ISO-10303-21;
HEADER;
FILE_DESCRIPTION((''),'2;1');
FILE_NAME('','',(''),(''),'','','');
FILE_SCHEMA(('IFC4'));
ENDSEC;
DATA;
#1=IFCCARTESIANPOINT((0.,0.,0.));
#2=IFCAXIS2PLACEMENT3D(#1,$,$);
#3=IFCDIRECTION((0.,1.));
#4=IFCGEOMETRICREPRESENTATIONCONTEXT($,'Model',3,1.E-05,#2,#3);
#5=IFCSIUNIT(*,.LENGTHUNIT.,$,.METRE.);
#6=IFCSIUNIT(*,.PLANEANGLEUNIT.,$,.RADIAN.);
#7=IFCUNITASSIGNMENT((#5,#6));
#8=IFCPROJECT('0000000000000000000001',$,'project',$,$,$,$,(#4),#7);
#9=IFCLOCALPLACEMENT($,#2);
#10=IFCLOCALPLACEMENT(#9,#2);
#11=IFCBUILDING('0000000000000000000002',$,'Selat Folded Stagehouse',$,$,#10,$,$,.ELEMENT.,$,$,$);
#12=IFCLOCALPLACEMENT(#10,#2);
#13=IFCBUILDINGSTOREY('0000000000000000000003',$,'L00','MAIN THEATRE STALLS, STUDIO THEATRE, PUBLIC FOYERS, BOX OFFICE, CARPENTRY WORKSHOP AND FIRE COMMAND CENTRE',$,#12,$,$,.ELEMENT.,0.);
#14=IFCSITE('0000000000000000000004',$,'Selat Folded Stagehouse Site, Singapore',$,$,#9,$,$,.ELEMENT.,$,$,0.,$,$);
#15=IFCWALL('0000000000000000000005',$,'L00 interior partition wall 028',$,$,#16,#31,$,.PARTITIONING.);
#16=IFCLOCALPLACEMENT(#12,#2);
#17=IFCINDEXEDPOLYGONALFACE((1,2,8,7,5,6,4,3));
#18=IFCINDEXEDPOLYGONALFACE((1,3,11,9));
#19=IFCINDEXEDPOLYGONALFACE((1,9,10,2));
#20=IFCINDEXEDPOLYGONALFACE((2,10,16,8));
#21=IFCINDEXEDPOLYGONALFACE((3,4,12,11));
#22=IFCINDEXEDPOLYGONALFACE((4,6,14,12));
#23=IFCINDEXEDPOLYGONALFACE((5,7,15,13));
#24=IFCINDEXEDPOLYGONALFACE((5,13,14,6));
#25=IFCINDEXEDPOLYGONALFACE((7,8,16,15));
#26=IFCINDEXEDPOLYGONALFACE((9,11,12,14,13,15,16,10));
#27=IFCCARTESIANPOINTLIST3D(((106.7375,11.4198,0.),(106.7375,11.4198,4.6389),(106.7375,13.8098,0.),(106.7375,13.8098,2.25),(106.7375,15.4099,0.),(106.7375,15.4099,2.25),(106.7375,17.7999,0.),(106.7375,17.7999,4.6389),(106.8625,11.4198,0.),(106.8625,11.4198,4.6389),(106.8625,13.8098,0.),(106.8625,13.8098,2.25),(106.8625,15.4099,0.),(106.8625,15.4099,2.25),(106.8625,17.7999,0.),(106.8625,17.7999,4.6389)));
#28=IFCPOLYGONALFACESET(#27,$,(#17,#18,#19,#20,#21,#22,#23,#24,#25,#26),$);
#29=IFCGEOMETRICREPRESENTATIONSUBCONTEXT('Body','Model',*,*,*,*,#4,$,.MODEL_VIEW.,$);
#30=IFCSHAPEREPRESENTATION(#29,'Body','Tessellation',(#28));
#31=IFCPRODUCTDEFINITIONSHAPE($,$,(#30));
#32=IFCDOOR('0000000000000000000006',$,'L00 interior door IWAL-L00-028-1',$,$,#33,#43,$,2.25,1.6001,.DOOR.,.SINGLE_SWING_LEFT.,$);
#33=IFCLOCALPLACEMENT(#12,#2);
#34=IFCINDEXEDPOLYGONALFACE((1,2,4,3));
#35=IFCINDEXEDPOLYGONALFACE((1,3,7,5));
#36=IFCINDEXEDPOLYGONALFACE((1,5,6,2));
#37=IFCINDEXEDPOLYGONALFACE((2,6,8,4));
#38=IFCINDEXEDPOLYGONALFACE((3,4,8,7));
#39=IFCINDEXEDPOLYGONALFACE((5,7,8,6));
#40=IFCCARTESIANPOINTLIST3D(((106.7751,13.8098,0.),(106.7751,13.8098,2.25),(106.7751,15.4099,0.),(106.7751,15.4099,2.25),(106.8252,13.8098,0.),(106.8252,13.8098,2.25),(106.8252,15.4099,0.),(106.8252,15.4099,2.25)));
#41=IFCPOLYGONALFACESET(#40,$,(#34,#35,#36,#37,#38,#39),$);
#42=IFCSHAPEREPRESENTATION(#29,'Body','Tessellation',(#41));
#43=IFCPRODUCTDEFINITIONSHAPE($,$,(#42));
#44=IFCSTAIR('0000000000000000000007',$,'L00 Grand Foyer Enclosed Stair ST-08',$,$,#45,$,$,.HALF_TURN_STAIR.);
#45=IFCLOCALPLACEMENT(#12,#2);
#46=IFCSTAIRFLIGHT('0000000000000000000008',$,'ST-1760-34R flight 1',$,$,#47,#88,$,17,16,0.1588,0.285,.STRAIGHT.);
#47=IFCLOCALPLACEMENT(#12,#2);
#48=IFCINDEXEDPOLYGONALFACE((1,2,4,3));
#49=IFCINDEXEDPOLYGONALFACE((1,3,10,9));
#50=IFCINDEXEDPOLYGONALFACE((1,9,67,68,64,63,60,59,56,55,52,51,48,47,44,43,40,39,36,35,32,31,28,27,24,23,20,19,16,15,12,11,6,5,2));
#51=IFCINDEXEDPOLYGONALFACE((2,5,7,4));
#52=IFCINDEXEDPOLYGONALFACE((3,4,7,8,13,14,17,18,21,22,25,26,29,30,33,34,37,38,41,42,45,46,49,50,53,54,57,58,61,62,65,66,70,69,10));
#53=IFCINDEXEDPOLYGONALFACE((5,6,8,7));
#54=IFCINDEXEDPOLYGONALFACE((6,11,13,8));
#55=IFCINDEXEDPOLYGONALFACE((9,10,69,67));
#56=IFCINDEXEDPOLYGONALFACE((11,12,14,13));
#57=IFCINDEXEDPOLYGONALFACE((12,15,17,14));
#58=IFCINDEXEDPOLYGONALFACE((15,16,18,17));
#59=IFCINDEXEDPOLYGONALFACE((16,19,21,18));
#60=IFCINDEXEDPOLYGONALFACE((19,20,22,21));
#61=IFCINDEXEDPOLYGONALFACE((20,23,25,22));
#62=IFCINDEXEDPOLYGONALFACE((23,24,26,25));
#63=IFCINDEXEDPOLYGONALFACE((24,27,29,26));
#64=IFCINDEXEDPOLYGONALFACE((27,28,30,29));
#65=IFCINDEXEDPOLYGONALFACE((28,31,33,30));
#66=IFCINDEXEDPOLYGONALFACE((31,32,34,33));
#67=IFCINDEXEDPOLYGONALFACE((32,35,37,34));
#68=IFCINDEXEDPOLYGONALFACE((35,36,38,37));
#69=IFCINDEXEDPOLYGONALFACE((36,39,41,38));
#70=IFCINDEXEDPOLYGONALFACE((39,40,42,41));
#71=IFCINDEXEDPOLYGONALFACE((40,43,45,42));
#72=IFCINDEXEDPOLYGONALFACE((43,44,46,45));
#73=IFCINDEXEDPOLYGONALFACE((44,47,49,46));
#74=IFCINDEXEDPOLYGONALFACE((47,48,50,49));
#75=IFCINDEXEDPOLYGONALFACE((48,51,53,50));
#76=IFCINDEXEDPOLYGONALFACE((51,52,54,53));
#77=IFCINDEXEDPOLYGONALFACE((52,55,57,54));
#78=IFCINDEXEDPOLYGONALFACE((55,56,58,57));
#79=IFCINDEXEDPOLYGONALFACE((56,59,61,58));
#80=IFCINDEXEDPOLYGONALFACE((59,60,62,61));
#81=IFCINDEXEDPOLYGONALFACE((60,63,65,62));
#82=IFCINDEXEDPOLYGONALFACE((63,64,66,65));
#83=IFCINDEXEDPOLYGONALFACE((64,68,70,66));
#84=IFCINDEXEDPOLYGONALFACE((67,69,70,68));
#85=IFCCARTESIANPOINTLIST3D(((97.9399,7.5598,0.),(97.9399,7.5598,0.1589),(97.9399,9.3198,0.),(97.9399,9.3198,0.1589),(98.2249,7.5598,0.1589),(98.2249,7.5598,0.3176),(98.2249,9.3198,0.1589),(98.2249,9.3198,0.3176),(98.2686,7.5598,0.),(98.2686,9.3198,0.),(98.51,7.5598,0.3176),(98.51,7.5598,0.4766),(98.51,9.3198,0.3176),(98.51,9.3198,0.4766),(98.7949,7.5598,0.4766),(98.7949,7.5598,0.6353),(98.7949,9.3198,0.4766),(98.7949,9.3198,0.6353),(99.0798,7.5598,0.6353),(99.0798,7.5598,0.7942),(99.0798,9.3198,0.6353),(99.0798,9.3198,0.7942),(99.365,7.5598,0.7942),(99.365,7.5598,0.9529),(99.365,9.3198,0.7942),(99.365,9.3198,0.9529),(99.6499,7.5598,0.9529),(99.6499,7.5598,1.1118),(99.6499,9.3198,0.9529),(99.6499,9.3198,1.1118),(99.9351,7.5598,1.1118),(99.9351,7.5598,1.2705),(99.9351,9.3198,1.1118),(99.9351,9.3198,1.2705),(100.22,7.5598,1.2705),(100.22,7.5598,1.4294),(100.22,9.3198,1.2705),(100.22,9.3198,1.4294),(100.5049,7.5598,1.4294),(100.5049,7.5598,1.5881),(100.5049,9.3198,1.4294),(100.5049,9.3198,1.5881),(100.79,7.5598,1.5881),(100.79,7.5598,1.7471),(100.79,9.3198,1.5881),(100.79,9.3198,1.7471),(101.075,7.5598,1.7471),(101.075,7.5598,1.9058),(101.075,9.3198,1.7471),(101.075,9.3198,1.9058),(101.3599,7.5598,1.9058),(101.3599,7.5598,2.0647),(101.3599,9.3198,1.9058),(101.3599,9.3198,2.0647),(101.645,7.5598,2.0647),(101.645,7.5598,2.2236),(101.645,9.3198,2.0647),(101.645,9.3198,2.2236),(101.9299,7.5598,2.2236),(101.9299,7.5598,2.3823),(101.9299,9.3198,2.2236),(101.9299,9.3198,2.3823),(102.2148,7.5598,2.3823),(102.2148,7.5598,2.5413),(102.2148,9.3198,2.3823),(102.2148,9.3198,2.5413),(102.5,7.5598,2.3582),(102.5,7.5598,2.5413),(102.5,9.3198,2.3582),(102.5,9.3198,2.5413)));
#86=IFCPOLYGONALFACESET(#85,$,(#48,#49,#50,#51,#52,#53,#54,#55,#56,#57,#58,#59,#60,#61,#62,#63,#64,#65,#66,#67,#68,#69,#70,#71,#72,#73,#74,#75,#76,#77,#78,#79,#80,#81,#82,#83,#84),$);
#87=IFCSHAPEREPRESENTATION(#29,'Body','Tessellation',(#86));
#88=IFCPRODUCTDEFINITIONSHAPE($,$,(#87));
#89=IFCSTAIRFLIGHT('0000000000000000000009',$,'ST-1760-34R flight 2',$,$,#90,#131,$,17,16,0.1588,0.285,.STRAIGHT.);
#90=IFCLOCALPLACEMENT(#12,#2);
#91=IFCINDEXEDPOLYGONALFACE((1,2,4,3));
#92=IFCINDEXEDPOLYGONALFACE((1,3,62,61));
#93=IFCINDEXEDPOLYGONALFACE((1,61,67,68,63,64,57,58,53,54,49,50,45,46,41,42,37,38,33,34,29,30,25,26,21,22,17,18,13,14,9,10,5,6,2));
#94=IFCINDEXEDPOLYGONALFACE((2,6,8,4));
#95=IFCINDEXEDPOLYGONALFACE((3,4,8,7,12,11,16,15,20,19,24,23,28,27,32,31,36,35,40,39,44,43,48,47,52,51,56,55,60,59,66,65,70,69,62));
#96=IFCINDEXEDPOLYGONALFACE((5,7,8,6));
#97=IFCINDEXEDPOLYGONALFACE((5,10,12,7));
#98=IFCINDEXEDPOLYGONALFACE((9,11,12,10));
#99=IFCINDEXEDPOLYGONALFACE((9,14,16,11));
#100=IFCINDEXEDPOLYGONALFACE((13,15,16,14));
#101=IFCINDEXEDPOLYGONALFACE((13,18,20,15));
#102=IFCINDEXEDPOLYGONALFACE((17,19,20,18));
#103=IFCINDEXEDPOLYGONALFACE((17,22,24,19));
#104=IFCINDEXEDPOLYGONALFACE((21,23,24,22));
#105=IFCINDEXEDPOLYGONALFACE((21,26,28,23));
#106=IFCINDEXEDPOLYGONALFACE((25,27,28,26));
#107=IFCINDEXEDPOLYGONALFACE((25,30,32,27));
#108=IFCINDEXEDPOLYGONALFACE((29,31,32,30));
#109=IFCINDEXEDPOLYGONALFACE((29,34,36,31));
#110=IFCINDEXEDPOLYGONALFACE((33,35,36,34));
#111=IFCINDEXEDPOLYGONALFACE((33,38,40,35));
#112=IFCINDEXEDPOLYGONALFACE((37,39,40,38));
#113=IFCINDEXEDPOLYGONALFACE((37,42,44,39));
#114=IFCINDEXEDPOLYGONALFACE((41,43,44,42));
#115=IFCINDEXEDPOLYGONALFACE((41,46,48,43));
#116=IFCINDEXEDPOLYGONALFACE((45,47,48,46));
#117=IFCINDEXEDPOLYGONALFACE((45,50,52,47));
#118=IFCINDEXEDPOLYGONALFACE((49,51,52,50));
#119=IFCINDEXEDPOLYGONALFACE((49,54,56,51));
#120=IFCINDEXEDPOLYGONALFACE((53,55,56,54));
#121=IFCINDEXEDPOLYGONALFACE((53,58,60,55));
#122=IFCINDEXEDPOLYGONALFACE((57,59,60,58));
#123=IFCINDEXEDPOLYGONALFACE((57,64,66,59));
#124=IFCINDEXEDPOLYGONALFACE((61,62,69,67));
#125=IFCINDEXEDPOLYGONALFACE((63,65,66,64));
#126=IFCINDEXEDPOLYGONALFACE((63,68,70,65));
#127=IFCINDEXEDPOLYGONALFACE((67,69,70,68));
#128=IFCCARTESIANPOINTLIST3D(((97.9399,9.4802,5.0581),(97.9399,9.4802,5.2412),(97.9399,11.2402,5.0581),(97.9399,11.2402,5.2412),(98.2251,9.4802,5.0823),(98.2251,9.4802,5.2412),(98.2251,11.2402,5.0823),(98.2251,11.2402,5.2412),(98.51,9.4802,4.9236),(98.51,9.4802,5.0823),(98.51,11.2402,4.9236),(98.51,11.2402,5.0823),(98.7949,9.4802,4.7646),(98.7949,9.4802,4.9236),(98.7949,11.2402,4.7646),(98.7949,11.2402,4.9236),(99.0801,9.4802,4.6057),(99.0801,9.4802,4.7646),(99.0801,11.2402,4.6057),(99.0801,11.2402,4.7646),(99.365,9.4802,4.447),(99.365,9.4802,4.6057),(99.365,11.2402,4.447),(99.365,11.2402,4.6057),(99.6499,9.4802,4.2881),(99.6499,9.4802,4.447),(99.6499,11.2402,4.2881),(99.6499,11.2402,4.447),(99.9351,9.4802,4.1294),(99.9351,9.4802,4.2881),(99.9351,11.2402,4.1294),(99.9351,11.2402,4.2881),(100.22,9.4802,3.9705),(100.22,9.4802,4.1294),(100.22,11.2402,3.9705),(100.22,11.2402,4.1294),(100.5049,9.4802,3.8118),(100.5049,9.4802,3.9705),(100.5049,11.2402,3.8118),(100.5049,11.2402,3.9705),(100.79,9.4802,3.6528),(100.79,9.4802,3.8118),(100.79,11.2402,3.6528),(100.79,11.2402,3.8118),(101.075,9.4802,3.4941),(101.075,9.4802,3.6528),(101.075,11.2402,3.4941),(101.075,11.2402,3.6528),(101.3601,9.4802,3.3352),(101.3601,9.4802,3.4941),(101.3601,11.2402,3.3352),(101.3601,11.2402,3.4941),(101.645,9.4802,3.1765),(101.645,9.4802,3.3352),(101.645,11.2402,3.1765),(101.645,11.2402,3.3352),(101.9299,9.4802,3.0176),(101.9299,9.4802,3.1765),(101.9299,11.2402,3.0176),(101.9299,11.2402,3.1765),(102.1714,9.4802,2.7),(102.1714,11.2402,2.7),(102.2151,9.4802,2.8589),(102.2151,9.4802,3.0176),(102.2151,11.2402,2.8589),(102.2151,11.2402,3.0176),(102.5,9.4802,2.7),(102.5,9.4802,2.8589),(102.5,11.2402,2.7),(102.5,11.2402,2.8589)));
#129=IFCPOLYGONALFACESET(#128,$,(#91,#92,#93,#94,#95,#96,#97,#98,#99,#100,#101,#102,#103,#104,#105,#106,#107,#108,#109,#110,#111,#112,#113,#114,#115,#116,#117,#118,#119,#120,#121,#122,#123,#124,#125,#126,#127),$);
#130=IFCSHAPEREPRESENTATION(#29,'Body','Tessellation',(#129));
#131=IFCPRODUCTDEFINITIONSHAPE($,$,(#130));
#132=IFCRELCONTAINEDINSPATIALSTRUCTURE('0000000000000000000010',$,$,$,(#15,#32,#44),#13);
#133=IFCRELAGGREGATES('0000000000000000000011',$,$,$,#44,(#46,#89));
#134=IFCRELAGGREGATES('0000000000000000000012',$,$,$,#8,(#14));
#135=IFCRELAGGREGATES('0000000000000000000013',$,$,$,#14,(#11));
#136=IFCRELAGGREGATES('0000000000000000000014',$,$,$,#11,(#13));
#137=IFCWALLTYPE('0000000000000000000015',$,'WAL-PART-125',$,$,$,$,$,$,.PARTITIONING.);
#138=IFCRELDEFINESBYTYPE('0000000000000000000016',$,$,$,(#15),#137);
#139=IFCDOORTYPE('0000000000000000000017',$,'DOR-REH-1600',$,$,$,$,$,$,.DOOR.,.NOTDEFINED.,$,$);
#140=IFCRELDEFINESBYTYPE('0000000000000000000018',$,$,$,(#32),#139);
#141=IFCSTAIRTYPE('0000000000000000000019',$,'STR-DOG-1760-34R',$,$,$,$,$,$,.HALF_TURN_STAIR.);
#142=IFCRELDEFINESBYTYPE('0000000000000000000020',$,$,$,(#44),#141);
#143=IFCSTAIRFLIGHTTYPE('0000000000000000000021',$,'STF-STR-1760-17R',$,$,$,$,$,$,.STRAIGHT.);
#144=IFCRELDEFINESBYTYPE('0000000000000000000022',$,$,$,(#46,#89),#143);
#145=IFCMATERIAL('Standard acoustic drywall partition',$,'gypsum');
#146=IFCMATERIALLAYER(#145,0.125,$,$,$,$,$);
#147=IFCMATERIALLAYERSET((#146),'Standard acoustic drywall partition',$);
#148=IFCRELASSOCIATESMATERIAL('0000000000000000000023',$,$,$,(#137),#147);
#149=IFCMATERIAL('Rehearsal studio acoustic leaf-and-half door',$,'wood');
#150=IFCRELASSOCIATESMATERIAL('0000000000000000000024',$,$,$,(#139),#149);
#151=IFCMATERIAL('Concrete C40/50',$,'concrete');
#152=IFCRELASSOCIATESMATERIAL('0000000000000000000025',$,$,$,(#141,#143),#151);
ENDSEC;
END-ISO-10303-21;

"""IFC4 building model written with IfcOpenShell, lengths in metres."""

from ifc_helpers import new_model, si_unit, direction, frame, frame_2d, origin, place, context, subcontext, project, spatial, polyline, rectangle, outline, extrude, material, layer, layer_set, type_object, element, fill, aggregate, save


model = new_model("IFC4")

# Units and contexts
model_context = context("Model", 3, precision=1e-05, world=origin(), true_north=direction((0.0, 1.0)))
body_context = subcontext(model_context, "Body", "Model", "MODEL_VIEW")
ifc_project = project(units=[si_unit("LENGTHUNIT", "METRE"), si_unit("PLANEANGLEUNIT", "RADIAN")], contexts=[model_context])

# Site, building, storey
site_placement = place(None, origin())
site = spatial("IfcSite", under=ifc_project, at=site_placement, Name="Selat Folded Stagehouse Site, Singapore", CompositionType="ELEMENT", RefElevation=0.0)
building_placement = place(site_placement, origin())
building = spatial("IfcBuilding", under=site, at=building_placement, Name="Selat Folded Stagehouse", CompositionType="ELEMENT")
storey_placement = place(building_placement, origin())
storey = spatial("IfcBuildingStorey", under=building, at=storey_placement, Name="L00", Description="MAIN THEATRE STALLS, STUDIO THEATRE, PUBLIC FOYERS, BOX OFFICE, CARPENTRY WORKSHOP AND FIRE COMMAND CENTRE", CompositionType="ELEMENT", Elevation=0.0)

# Wall, opening, door
ifc_material_1 = material(Name="Standard acoustic drywall partition", Category="gypsum")
ifc_layer_1 = layer(ifc_material_1, 0.125)
ifc_layer_set_1 = layer_set([ifc_layer_1], Name="Standard acoustic drywall partition")
wall_type_1 = type_object("IfcWallType", Name="WAL-PART-125", PredefinedType="PARTITIONING", material=ifc_layer_set_1)
wall_1_placement = place(storey_placement, frame((106.8, 11.4199, 0.0), z_axis=(0.0, 0.0, 1.0), x_axis=(0.0, 1.0, 0.0)))
wall_1 = element("IfcWall", 1, at=wall_1_placement, inside=storey, type_object=wall_type_1, Name="L00 interior partition wall 028", PredefinedType="PARTITIONING", context=body_context, shape_type="SweptSolid", body=[
    extrude(rectangle(XDim=6.3801, YDim=0.125, at=frame_2d((3.1899, 0.0))), origin(), (0.0, 0.0, 1.0), 4.6389),
])
opening_1_placement = place(wall_1_placement, frame((2.3899, 0.0, 0.0)))
opening_1 = element("IfcOpeningElement", 2, at=opening_1_placement, cuts=wall_1, PredefinedType="OPENING", context=body_context, shape_type="SweptSolid", body=[
    extrude(rectangle(XDim=1.6001, YDim=2.25, at=frame_2d((0.8, 1.125))), frame((0.0, 0.0725, 0.0), z_axis=(0.0, -1.0, 0.0), x_axis=(1.0, 0.0, 0.0)), (0.0, 0.0, 1.0), 0.145),
])
ifc_material_2 = material(Name="Rehearsal studio acoustic leaf-and-half door", Category="wood")
door_type_1 = type_object("IfcDoorType", Name="DOR-REH-1600", OperationType="NOTDEFINED", PredefinedType="DOOR", material=ifc_material_2)
door_1_placement = place(opening_1_placement, origin())
door_1 = element("IfcDoor", 3, at=door_1_placement, inside=storey, type_object=door_type_1, Name="L00 interior door IWAL-L00-028-1", OperationType="SINGLE_SWING_LEFT", OverallHeight=2.25, OverallWidth=1.6001, PredefinedType="DOOR", context=body_context, shape_type="SweptSolid", body=[
    extrude(rectangle(XDim=1.6001, YDim=2.25, at=frame_2d((0.8, 1.125))), frame((0.0, 0.0249, 0.0), z_axis=(0.0, -1.0, 0.0), x_axis=(1.0, 0.0, 0.0)), (0.0, 0.0, 1.0), 0.05),
])
fill(opening_1, door_1)

# Stair, stair flights
ifc_material_3 = material(Name="Concrete C40/50", Category="concrete")
stair_type = type_object("IfcStairType", Name="STR-DOG-1760-34R", PredefinedType="HALF_TURN_STAIR", material=ifc_material_3)
stair_placement = place(storey_placement, origin())
stair = element("IfcStair", 4, at=stair_placement, inside=storey, type_object=stair_type, Name="L00 Grand Foyer Enclosed Stair ST-08", PredefinedType="HALF_TURN_STAIR")
stair_flight_type = type_object("IfcStairFlightType", Name="STF-STR-1760-17R", PredefinedType="STRAIGHT", material=ifc_material_3)
stair_flight_1_placement = place(storey_placement, frame((97.9399, 8.4399, 0.0), z_axis=(0.0, 0.0, 1.0), x_axis=(1.0, 0.0, 0.0)))
stair_flight_1 = element("IfcStairFlight", 5, at=stair_flight_1_placement, type_object=stair_flight_type, Name="ST-1760-34R flight 1", NumberOfRisers=17, NumberOfTreads=16, PredefinedType="STRAIGHT", RiserHeight=0.1588, TreadLength=0.285, context=body_context, shape_type="SweptSolid", body=[
    extrude(outline(polyline([(0.0, 0.0), (0.0, 0.1589), (0.2849, 0.1589), (0.2849, 0.3176), (0.5701, 0.3176), (0.5701, 0.4766), (0.855, 0.4766), (0.855, 0.6353), (1.1399, 0.6353), (1.1399, 0.7942), (1.425, 0.7942), (1.425, 0.9529), (1.71, 0.9529), (1.71, 1.1118), (1.9951, 1.1118), (1.9951, 1.2705), (2.28, 1.2705), (2.28, 1.4294), (2.5649, 1.4294), (2.5649, 1.5881), (2.8501, 1.5881), (2.8501, 1.7471), (3.135, 1.7471), (3.135, 1.9058), (3.4199, 1.9058), (3.4199, 2.0647), (3.7051, 2.0647), (3.7051, 2.2236), (3.99, 2.2236), (3.99, 2.3823), (4.2749, 2.3823), (4.2749, 2.5413), (4.5601, 2.5413), (4.5601, 2.7), (4.5601, 2.3582), (0.3286, 0.0), (0.0, 0.0)])), frame((0.0, 0.8799, 0.0), z_axis=(0.0, -1.0, 0.0), x_axis=(1.0, 0.0, 0.0)), (0.0, 0.0, 1.0), 1.76),
])
stair_flight_2_placement = place(storey_placement, frame((102.5, 10.3601, 2.7), z_axis=(0.0, 0.0, 1.0), x_axis=(-1.0, 0.0, 0.0)))
stair_flight_2 = element("IfcStairFlight", 6, at=stair_flight_2_placement, type_object=stair_flight_type, Name="ST-1760-34R flight 2", NumberOfRisers=17, NumberOfTreads=16, PredefinedType="STRAIGHT", RiserHeight=0.1588, TreadLength=0.285, context=body_context, shape_type="SweptSolid", body=[
    extrude(outline(polyline([(0.0, 0.0), (0.0, 0.1589), (0.2849, 0.1589), (0.2849, 0.3176), (0.5701, 0.3176), (0.5701, 0.4766), (0.855, 0.4766), (0.855, 0.6353), (1.1399, 0.6353), (1.1399, 0.7942), (1.425, 0.7942), (1.425, 0.9529), (1.71, 0.9529), (1.71, 1.1118), (1.9951, 1.1118), (1.9951, 1.2705), (2.28, 1.2705), (2.28, 1.4294), (2.5649, 1.4294), (2.5649, 1.5881), (2.8501, 1.5881), (2.8501, 1.7471), (3.135, 1.7471), (3.135, 1.9058), (3.4199, 1.9058), (3.4199, 2.0647), (3.7051, 2.0647), (3.7051, 2.2236), (3.99, 2.2236), (3.99, 2.3823), (4.2749, 2.3823), (4.2749, 2.5413), (4.5601, 2.5413), (4.5601, 2.7), (4.5601, 2.3582), (0.3286, 0.0), (0.0, 0.0)])), frame((0.0, 0.8799, 0.0), z_axis=(0.0, -1.0, 0.0), x_axis=(1.0, 0.0, 0.0)), (0.0, 0.0, 1.0), 1.76),
])
aggregate(stair, [stair_flight_1, stair_flight_2])

save(model, "model.ifc")
